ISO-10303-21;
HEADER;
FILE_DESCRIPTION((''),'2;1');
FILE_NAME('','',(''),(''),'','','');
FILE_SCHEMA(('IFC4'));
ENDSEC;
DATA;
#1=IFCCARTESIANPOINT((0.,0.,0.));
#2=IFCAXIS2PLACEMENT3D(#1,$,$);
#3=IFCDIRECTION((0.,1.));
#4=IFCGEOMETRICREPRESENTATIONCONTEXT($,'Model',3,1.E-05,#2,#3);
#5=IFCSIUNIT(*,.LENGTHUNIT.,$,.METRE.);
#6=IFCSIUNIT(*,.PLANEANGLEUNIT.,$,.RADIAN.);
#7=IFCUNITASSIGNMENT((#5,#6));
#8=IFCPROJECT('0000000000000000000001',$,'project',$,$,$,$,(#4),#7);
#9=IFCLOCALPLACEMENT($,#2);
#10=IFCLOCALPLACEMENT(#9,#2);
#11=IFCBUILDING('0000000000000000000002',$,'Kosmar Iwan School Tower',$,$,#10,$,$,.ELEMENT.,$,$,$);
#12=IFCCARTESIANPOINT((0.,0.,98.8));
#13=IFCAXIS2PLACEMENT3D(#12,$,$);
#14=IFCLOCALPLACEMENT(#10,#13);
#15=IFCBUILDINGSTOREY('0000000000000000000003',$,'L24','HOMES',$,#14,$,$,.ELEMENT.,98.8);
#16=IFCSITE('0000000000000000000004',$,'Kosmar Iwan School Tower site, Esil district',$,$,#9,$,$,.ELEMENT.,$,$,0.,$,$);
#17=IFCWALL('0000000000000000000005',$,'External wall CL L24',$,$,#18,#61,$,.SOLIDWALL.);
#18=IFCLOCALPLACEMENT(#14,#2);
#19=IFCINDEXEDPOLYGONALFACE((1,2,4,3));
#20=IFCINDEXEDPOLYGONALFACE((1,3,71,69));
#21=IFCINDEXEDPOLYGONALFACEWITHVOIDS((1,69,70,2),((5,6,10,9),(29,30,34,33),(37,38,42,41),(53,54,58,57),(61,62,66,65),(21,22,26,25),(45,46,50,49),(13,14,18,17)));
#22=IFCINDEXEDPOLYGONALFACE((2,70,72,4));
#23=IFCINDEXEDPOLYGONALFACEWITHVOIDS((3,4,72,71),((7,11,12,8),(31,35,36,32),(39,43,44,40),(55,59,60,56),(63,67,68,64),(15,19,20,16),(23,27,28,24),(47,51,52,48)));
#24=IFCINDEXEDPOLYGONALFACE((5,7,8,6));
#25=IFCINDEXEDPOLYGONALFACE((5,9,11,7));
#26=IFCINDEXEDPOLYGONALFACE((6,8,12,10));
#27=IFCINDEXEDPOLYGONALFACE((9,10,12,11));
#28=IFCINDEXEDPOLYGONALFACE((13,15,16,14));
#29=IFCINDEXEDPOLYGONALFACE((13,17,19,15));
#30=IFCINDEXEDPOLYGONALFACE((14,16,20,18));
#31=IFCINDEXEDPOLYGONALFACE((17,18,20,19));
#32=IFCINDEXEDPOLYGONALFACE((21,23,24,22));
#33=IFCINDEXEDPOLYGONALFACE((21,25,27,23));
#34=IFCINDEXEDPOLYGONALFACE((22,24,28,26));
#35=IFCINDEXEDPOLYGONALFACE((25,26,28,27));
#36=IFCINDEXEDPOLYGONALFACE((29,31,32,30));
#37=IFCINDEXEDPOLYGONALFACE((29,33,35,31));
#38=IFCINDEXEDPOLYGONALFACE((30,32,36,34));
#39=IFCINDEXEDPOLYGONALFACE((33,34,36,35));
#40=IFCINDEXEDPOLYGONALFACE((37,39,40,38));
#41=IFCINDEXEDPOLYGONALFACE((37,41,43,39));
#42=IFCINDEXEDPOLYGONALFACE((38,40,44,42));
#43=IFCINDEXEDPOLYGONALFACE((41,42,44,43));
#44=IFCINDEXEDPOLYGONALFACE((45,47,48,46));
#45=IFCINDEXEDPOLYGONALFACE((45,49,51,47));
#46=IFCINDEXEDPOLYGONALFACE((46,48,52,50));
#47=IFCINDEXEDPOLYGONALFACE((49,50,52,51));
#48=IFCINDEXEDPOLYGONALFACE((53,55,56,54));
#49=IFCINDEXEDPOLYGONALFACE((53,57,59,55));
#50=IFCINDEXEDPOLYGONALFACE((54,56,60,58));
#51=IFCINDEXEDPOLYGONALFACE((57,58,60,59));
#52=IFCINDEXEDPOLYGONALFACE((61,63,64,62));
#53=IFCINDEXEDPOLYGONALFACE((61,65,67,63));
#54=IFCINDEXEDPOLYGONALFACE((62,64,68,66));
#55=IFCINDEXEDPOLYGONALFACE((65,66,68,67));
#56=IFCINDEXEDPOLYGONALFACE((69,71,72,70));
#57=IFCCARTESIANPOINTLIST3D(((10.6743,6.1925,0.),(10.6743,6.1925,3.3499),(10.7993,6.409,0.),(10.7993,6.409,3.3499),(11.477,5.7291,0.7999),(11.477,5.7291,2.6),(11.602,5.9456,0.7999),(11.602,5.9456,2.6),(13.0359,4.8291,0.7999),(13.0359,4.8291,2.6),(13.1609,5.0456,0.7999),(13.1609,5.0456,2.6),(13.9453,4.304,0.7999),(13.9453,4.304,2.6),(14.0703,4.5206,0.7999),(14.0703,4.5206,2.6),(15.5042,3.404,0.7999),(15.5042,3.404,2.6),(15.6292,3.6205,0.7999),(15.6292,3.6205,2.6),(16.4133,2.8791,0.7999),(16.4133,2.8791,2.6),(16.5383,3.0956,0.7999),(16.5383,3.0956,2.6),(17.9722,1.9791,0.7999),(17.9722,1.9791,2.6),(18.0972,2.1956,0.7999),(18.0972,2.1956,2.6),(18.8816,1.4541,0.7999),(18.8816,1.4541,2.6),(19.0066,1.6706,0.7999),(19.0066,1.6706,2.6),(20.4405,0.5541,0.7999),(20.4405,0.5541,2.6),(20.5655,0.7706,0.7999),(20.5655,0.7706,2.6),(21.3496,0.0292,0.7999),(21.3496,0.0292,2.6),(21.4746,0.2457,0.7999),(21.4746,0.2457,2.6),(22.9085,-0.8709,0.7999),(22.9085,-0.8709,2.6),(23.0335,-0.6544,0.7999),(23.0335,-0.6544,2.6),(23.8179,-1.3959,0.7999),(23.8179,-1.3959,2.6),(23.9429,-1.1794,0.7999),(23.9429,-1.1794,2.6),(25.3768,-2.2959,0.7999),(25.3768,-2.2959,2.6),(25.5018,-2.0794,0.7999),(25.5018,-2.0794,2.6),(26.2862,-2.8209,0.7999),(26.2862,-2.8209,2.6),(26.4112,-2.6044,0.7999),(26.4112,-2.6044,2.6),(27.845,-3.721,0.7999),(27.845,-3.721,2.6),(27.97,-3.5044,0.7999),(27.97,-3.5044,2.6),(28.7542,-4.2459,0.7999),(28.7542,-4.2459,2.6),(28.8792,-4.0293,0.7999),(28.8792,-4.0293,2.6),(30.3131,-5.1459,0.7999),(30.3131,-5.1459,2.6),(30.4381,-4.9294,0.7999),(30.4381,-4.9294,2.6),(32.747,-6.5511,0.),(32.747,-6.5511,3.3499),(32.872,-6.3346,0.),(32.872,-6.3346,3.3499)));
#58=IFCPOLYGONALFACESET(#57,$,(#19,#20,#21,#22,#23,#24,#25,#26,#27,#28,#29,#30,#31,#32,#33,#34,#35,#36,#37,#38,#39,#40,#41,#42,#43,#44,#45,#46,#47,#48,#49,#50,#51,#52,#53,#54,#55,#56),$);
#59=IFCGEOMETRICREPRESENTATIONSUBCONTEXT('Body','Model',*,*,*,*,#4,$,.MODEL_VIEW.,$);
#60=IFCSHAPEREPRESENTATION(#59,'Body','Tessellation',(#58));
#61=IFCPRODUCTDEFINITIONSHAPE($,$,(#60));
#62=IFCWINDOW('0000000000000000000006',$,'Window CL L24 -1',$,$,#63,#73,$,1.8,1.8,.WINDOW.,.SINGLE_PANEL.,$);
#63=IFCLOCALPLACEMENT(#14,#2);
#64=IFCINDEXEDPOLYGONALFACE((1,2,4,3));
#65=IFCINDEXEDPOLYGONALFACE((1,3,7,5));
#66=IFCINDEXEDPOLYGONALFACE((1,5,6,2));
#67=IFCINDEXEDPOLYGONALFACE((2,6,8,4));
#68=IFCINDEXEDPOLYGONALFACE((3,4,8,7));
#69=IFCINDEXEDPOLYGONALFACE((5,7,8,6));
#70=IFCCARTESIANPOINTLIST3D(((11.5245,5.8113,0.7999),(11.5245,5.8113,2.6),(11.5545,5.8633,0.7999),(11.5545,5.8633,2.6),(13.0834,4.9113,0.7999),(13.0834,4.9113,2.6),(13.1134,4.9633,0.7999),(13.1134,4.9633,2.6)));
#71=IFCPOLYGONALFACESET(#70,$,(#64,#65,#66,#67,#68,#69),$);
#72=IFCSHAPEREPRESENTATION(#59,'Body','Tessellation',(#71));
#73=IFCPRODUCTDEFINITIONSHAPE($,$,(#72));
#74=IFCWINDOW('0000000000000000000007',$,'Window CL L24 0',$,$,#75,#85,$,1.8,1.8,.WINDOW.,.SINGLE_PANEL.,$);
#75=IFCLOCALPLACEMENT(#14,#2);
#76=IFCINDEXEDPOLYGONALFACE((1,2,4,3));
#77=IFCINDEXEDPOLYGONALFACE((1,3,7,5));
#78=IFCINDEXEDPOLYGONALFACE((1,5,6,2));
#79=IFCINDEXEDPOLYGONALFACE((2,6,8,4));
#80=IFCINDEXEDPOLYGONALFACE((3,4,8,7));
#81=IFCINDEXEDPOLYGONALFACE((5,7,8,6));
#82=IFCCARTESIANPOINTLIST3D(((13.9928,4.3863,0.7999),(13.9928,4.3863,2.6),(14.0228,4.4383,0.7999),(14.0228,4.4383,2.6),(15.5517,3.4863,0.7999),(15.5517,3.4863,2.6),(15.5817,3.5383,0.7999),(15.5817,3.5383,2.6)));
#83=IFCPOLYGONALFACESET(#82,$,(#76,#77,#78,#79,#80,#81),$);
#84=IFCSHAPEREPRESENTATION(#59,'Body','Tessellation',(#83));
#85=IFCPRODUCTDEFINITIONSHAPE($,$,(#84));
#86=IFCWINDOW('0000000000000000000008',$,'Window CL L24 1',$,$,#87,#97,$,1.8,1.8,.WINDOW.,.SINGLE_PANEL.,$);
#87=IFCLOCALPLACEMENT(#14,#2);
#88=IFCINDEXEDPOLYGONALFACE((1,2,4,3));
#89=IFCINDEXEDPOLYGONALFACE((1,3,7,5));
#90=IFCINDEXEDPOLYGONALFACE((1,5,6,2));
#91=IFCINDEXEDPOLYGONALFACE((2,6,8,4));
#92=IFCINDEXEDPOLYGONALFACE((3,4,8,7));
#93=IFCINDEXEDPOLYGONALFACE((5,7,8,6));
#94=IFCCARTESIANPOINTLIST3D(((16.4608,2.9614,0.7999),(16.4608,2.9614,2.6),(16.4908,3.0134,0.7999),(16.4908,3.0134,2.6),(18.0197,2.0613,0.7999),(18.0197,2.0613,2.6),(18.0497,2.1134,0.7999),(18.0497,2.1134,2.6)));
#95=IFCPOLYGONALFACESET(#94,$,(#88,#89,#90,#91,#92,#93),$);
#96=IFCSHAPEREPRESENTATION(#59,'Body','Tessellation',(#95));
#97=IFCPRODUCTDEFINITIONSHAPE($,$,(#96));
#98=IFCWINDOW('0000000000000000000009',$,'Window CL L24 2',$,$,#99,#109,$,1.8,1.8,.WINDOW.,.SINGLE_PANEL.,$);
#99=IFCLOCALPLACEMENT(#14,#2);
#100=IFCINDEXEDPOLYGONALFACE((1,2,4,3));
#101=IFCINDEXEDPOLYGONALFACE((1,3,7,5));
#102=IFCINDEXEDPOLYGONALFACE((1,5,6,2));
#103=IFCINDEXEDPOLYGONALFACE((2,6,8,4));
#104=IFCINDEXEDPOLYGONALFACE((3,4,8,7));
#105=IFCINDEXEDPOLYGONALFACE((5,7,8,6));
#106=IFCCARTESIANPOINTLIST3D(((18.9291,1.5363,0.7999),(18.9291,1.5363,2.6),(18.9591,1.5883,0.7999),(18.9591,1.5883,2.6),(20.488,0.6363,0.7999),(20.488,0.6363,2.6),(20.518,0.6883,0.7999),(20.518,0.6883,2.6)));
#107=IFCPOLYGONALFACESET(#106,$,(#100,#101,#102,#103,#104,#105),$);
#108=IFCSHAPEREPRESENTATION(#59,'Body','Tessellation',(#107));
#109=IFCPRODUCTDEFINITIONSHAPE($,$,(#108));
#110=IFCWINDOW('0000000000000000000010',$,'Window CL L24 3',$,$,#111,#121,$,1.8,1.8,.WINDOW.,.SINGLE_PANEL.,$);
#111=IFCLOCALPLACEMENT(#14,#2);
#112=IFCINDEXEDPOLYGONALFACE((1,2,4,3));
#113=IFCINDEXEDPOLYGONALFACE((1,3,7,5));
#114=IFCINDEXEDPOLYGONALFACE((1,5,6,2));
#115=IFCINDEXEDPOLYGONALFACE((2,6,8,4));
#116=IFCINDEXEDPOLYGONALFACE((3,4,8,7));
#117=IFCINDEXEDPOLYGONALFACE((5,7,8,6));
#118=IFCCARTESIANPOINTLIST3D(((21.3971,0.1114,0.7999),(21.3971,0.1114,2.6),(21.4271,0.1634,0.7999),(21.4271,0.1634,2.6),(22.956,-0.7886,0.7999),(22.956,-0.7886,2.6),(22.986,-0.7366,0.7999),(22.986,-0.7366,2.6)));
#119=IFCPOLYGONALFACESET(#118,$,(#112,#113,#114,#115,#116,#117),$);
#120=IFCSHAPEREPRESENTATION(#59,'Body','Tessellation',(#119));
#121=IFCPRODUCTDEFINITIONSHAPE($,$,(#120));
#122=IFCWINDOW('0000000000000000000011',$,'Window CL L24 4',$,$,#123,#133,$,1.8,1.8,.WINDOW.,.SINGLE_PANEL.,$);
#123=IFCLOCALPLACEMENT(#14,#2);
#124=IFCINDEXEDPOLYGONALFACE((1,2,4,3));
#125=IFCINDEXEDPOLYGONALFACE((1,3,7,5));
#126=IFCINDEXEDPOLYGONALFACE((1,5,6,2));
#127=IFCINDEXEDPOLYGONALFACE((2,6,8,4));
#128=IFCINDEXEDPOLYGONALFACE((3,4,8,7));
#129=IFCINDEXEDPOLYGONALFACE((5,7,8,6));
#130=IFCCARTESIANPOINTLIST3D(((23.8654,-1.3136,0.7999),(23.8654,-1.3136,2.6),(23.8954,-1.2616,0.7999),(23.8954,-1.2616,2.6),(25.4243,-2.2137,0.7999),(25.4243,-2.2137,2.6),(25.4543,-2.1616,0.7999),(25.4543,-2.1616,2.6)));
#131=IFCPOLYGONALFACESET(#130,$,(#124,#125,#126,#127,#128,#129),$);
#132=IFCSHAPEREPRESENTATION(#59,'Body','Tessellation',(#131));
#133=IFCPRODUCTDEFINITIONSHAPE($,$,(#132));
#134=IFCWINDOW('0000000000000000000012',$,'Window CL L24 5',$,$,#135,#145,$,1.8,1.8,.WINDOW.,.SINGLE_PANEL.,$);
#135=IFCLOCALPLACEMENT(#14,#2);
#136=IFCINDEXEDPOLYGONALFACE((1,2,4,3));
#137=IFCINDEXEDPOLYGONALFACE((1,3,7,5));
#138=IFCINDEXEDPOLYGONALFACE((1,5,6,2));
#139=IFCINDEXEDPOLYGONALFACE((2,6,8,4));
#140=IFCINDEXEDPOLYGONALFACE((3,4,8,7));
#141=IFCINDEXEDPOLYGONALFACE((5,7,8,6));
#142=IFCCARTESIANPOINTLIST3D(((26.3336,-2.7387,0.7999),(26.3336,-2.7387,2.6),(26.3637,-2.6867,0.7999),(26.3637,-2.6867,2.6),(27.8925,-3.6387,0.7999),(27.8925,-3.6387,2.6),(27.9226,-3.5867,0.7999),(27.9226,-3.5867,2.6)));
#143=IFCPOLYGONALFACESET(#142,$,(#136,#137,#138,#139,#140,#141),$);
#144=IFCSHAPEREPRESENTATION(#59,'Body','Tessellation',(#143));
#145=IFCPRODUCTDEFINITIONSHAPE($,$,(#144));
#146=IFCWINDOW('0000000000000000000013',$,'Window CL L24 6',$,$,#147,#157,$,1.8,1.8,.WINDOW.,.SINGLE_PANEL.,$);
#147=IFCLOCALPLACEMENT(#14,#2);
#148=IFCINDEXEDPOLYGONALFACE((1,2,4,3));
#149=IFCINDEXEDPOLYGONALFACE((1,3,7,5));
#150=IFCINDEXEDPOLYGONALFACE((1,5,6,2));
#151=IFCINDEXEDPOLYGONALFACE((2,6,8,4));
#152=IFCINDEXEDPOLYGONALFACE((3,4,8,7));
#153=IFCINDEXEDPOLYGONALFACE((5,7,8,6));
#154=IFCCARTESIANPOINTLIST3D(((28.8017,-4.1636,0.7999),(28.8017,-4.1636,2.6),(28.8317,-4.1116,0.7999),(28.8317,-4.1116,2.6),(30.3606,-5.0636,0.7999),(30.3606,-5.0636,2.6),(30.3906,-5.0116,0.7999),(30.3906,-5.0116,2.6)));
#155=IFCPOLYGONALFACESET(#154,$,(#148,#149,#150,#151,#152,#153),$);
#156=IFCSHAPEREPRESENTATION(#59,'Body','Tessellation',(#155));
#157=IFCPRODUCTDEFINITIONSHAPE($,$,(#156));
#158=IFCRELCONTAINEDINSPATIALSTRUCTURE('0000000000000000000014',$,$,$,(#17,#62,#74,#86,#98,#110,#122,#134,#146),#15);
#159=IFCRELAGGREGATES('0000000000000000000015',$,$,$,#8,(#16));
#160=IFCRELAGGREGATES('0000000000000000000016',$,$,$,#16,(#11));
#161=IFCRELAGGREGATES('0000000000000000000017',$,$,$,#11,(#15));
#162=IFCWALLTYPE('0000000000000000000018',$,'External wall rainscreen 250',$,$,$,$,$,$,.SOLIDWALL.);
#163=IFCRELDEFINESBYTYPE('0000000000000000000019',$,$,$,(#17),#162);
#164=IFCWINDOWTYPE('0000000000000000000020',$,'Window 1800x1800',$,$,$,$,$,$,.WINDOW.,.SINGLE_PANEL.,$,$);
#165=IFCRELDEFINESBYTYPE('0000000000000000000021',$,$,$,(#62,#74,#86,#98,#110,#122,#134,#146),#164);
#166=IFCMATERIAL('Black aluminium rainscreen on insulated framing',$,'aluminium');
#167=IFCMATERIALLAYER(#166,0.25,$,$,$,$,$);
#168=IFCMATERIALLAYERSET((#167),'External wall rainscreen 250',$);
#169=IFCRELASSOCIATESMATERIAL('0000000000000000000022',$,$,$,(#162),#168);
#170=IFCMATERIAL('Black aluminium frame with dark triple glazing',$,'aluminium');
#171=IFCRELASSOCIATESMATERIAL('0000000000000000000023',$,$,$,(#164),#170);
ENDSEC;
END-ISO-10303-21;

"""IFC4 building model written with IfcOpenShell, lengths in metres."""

from ifc_helpers import new_model, si_unit, direction, frame, frame_2d, origin, place, context, subcontext, project, spatial, rectangle, extrude, material, layer, layer_set, type_object, element, fill, save


model = new_model("IFC4")

# Units and contexts
model_context = context("Model", 3, precision=1e-05, world=origin(), true_north=direction((0.0, 1.0)))
body_context = subcontext(model_context, "Body", "Model", "MODEL_VIEW")
ifc_project = project(units=[si_unit("LENGTHUNIT", "METRE"), si_unit("PLANEANGLEUNIT", "RADIAN")], contexts=[model_context])

# Site, building, storey
site_placement = place(None, origin())
site = spatial("IfcSite", under=ifc_project, at=site_placement, Name="Kosmar Iwan School Tower site, Esil district", CompositionType="ELEMENT", RefElevation=0.0)
building_placement = place(site_placement, origin())
building = spatial("IfcBuilding", under=site, at=building_placement, Name="Kosmar Iwan School Tower", CompositionType="ELEMENT")
storey_placement = place(building_placement, frame((0.0, 0.0, 98.8)))
storey = spatial("IfcBuildingStorey", under=building, at=storey_placement, Name="L24", Description="HOMES", CompositionType="ELEMENT", Elevation=98.8)

# Wall, openings, windows
ifc_material_1 = material(Name="Black aluminium rainscreen on insulated framing", Category="aluminium")
ifc_layer = layer(ifc_material_1, 0.25)
ifc_layer_set = layer_set([ifc_layer], Name="External wall rainscreen 250")
wall_type = type_object("IfcWallType", Name="External wall rainscreen 250", PredefinedType="SOLIDWALL", material=ifc_layer_set)
wall_1_placement = place(storey_placement, frame((10.7368, 6.3008, 0.0), z_axis=(0.0, 0.0, 1.0), x_axis=(0.866026, -0.499998, 0.0)))
wall_1 = element("IfcWall", 1, at=wall_1_placement, inside=storey, type_object=wall_type, Name="External wall CL L24", PredefinedType="SOLIDWALL", context=body_context, shape_type="SweptSolid", body=[
    extrude(rectangle(XDim=25.4873, YDim=0.25, at=frame_2d((12.7437, 0.0))), origin(), (0.0, 0.0, 1.0), 3.3499),
])
opening_1_placement = place(wall_1_placement, frame((0.927, 0.0, 0.8)))
opening_1 = element("IfcOpeningElement", 2, at=opening_1_placement, cuts=wall_1, PredefinedType="OPENING", context=body_context, shape_type="SweptSolid", body=[
    extrude(rectangle(XDim=1.8, YDim=1.8, at=frame_2d((0.8999, 0.8999))), frame((0.0, 0.137, 0.0), z_axis=(0.0, -1.0, 0.0), x_axis=(1.0, 0.0, 0.0)), (0.0, 0.0, 1.0), 0.2739),
])
opening_2_placement = place(wall_1_placement, frame((3.7771, 0.0, 0.8)))
opening_2 = element("IfcOpeningElement", 3, at=opening_2_placement, cuts=wall_1, PredefinedType="OPENING", context=body_context, shape_type="SweptSolid", body=[
    extrude(rectangle(XDim=1.8, YDim=1.8, at=frame_2d((0.8999, 0.8999))), frame((0.0, 0.137, 0.0), z_axis=(0.0, -1.0, 0.0), x_axis=(1.0, 0.0, 0.0)), (0.0, 0.0, 1.0), 0.2739),
])
opening_3_placement = place(wall_1_placement, frame((6.627, 0.0, 0.8)))
opening_3 = element("IfcOpeningElement", 4, at=opening_3_placement, cuts=wall_1, PredefinedType="OPENING", context=body_context, shape_type="SweptSolid", body=[
    extrude(rectangle(XDim=1.8, YDim=1.8, at=frame_2d((0.8999, 0.8999))), frame((0.0, 0.137, 0.0), z_axis=(0.0, -1.0, 0.0), x_axis=(1.0, 0.0, 0.0)), (0.0, 0.0, 1.0), 0.2739),
])
opening_4_placement = place(wall_1_placement, frame((9.4771, 0.0, 0.8)))
opening_4 = element("IfcOpeningElement", 5, at=opening_4_placement, cuts=wall_1, PredefinedType="OPENING", context=body_context, shape_type="SweptSolid", body=[
    extrude(rectangle(XDim=1.8, YDim=1.8, at=frame_2d((0.8999, 0.8999))), frame((0.0, 0.137, 0.0), z_axis=(0.0, -1.0, 0.0), x_axis=(1.0, 0.0, 0.0)), (0.0, 0.0, 1.0), 0.2739),
])
opening_5_placement = place(wall_1_placement, frame((12.3269, 0.0, 0.8)))
opening_5 = element("IfcOpeningElement", 6, at=opening_5_placement, cuts=wall_1, PredefinedType="OPENING", context=body_context, shape_type="SweptSolid", body=[
    extrude(rectangle(XDim=1.8, YDim=1.8, at=frame_2d((0.8999, 0.8999))), frame((0.0, 0.137, 0.0), z_axis=(0.0, -1.0, 0.0), x_axis=(1.0, 0.0, 0.0)), (0.0, 0.0, 1.0), 0.2739),
])
opening_6_placement = place(wall_1_placement, frame((15.177, 0.0, 0.8)))
opening_6 = element("IfcOpeningElement", 7, at=opening_6_placement, cuts=wall_1, PredefinedType="OPENING", context=body_context, shape_type="SweptSolid", body=[
    extrude(rectangle(XDim=1.8, YDim=1.8, at=frame_2d((0.8999, 0.8999))), frame((0.0, 0.137, 0.0), z_axis=(0.0, -1.0, 0.0), x_axis=(1.0, 0.0, 0.0)), (0.0, 0.0, 1.0), 0.2739),
])
opening_7_placement = place(wall_1_placement, frame((18.0271, 0.0, 0.8)))
opening_7 = element("IfcOpeningElement", 8, at=opening_7_placement, cuts=wall_1, PredefinedType="OPENING", context=body_context, shape_type="SweptSolid", body=[
    extrude(rectangle(XDim=1.8, YDim=1.8, at=frame_2d((0.8999, 0.8999))), frame((0.0, 0.137, 0.0), z_axis=(0.0, -1.0, 0.0), x_axis=(1.0, 0.0, 0.0)), (0.0, 0.0, 1.0), 0.2739),
])
opening_8_placement = place(wall_1_placement, frame((20.877, 0.0, 0.8)))
opening_8 = element("IfcOpeningElement", 9, at=opening_8_placement, cuts=wall_1, PredefinedType="OPENING", context=body_context, shape_type="SweptSolid", body=[
    extrude(rectangle(XDim=1.8, YDim=1.8, at=frame_2d((0.8999, 0.8999))), frame((0.0, 0.137, 0.0), z_axis=(0.0, -1.0, 0.0), x_axis=(1.0, 0.0, 0.0)), (0.0, 0.0, 1.0), 0.2739),
])
ifc_material_2 = material(Name="Black aluminium frame with dark triple glazing", Category="aluminium")
window_type = type_object("IfcWindowType", Name="Window 1800x1800", PartitioningType="SINGLE_PANEL", PredefinedType="WINDOW", material=ifc_material_2)
window_1_placement = place(opening_1_placement, origin())
window_1 = element("IfcWindow", 10, at=window_1_placement, inside=storey, type_object=window_type, Name="Window CL L24 -1", OverallHeight=1.8, OverallWidth=1.8, PartitioningType="SINGLE_PANEL", PredefinedType="WINDOW", context=body_context, shape_type="SweptSolid", body=[
    extrude(rectangle(XDim=1.8, YDim=1.8, at=frame_2d((0.8999, 0.8999))), frame((0.0, 0.03, 0.0), z_axis=(0.0, -1.0, 0.0), x_axis=(1.0, 0.0, 0.0)), (0.0, 0.0, 1.0), 0.0601),
])
fill(opening_1, window_1)
window_2_placement = place(opening_2_placement, origin())
window_2 = element("IfcWindow", 11, at=window_2_placement, inside=storey, type_object=window_type, Name="Window CL L24 0", OverallHeight=1.8, OverallWidth=1.8, PartitioningType="SINGLE_PANEL", PredefinedType="WINDOW", context=body_context, shape_type="SweptSolid", body=[
    extrude(rectangle(XDim=1.8, YDim=1.8, at=frame_2d((0.8999, 0.8999))), frame((0.0, 0.03, 0.0), z_axis=(0.0, -1.0, 0.0), x_axis=(1.0, 0.0, 0.0)), (0.0, 0.0, 1.0), 0.0601),
])
fill(opening_2, window_2)
window_3_placement = place(opening_3_placement, origin())
window_3 = element("IfcWindow", 12, at=window_3_placement, inside=storey, type_object=window_type, Name="Window CL L24 1", OverallHeight=1.8, OverallWidth=1.8, PartitioningType="SINGLE_PANEL", PredefinedType="WINDOW", context=body_context, shape_type="SweptSolid", body=[
    extrude(rectangle(XDim=1.8, YDim=1.8, at=frame_2d((0.8999, 0.8999))), frame((0.0, 0.03, 0.0), z_axis=(0.0, -1.0, 0.0), x_axis=(1.0, 0.0, 0.0)), (0.0, 0.0, 1.0), 0.0601),
])
fill(opening_3, window_3)
window_4_placement = place(opening_4_placement, origin())
window_4 = element("IfcWindow", 13, at=window_4_placement, inside=storey, type_object=window_type, Name="Window CL L24 2", OverallHeight=1.8, OverallWidth=1.8, PartitioningType="SINGLE_PANEL", PredefinedType="WINDOW", context=body_context, shape_type="SweptSolid", body=[
    extrude(rectangle(XDim=1.8, YDim=1.8, at=frame_2d((0.8999, 0.8999))), frame((0.0, 0.03, 0.0), z_axis=(0.0, -1.0, 0.0), x_axis=(1.0, 0.0, 0.0)), (0.0, 0.0, 1.0), 0.0601),
])
fill(opening_4, window_4)
window_5_placement = place(opening_5_placement, origin())
window_5 = element("IfcWindow", 14, at=window_5_placement, inside=storey, type_object=window_type, Name="Window CL L24 3", OverallHeight=1.8, OverallWidth=1.8, PartitioningType="SINGLE_PANEL", PredefinedType="WINDOW", context=body_context, shape_type="SweptSolid", body=[
    extrude(rectangle(XDim=1.8, YDim=1.8, at=frame_2d((0.8999, 0.8999))), frame((0.0, 0.03, 0.0), z_axis=(0.0, -1.0, 0.0), x_axis=(1.0, 0.0, 0.0)), (0.0, 0.0, 1.0), 0.0601),
])
fill(opening_5, window_5)
window_6_placement = place(opening_6_placement, origin())
window_6 = element("IfcWindow", 15, at=window_6_placement, inside=storey, type_object=window_type, Name="Window CL L24 4", OverallHeight=1.8, OverallWidth=1.8, PartitioningType="SINGLE_PANEL", PredefinedType="WINDOW", context=body_context, shape_type="SweptSolid", body=[
    extrude(rectangle(XDim=1.8, YDim=1.8, at=frame_2d((0.8999, 0.8999))), frame((0.0, 0.03, 0.0), z_axis=(0.0, -1.0, 0.0), x_axis=(1.0, 0.0, 0.0)), (0.0, 0.0, 1.0), 0.0601),
])
fill(opening_6, window_6)
window_7_placement = place(opening_7_placement, origin())
window_7 = element("IfcWindow", 16, at=window_7_placement, inside=storey, type_object=window_type, Name="Window CL L24 5", OverallHeight=1.8, OverallWidth=1.8, PartitioningType="SINGLE_PANEL", PredefinedType="WINDOW", context=body_context, shape_type="SweptSolid", body=[
    extrude(rectangle(XDim=1.8, YDim=1.8, at=frame_2d((0.8999, 0.8999))), frame((0.0, 0.03, 0.0), z_axis=(0.0, -1.0, 0.0), x_axis=(1.0, 0.0, 0.0)), (0.0, 0.0, 1.0), 0.0601),
])
fill(opening_7, window_7)
window_8_placement = place(opening_8_placement, origin())
window_8 = element("IfcWindow", 17, at=window_8_placement, inside=storey, type_object=window_type, Name="Window CL L24 6", OverallHeight=1.8, OverallWidth=1.8, PartitioningType="SINGLE_PANEL", PredefinedType="WINDOW", context=body_context, shape_type="SweptSolid", body=[
    extrude(rectangle(XDim=1.8, YDim=1.8, at=frame_2d((0.8999, 0.8999))), frame((0.0, 0.03, 0.0), z_axis=(0.0, -1.0, 0.0), x_axis=(1.0, 0.0, 0.0)), (0.0, 0.0, 1.0), 0.0601),
])
fill(opening_8, window_8)

save(model, "model.ifc")
